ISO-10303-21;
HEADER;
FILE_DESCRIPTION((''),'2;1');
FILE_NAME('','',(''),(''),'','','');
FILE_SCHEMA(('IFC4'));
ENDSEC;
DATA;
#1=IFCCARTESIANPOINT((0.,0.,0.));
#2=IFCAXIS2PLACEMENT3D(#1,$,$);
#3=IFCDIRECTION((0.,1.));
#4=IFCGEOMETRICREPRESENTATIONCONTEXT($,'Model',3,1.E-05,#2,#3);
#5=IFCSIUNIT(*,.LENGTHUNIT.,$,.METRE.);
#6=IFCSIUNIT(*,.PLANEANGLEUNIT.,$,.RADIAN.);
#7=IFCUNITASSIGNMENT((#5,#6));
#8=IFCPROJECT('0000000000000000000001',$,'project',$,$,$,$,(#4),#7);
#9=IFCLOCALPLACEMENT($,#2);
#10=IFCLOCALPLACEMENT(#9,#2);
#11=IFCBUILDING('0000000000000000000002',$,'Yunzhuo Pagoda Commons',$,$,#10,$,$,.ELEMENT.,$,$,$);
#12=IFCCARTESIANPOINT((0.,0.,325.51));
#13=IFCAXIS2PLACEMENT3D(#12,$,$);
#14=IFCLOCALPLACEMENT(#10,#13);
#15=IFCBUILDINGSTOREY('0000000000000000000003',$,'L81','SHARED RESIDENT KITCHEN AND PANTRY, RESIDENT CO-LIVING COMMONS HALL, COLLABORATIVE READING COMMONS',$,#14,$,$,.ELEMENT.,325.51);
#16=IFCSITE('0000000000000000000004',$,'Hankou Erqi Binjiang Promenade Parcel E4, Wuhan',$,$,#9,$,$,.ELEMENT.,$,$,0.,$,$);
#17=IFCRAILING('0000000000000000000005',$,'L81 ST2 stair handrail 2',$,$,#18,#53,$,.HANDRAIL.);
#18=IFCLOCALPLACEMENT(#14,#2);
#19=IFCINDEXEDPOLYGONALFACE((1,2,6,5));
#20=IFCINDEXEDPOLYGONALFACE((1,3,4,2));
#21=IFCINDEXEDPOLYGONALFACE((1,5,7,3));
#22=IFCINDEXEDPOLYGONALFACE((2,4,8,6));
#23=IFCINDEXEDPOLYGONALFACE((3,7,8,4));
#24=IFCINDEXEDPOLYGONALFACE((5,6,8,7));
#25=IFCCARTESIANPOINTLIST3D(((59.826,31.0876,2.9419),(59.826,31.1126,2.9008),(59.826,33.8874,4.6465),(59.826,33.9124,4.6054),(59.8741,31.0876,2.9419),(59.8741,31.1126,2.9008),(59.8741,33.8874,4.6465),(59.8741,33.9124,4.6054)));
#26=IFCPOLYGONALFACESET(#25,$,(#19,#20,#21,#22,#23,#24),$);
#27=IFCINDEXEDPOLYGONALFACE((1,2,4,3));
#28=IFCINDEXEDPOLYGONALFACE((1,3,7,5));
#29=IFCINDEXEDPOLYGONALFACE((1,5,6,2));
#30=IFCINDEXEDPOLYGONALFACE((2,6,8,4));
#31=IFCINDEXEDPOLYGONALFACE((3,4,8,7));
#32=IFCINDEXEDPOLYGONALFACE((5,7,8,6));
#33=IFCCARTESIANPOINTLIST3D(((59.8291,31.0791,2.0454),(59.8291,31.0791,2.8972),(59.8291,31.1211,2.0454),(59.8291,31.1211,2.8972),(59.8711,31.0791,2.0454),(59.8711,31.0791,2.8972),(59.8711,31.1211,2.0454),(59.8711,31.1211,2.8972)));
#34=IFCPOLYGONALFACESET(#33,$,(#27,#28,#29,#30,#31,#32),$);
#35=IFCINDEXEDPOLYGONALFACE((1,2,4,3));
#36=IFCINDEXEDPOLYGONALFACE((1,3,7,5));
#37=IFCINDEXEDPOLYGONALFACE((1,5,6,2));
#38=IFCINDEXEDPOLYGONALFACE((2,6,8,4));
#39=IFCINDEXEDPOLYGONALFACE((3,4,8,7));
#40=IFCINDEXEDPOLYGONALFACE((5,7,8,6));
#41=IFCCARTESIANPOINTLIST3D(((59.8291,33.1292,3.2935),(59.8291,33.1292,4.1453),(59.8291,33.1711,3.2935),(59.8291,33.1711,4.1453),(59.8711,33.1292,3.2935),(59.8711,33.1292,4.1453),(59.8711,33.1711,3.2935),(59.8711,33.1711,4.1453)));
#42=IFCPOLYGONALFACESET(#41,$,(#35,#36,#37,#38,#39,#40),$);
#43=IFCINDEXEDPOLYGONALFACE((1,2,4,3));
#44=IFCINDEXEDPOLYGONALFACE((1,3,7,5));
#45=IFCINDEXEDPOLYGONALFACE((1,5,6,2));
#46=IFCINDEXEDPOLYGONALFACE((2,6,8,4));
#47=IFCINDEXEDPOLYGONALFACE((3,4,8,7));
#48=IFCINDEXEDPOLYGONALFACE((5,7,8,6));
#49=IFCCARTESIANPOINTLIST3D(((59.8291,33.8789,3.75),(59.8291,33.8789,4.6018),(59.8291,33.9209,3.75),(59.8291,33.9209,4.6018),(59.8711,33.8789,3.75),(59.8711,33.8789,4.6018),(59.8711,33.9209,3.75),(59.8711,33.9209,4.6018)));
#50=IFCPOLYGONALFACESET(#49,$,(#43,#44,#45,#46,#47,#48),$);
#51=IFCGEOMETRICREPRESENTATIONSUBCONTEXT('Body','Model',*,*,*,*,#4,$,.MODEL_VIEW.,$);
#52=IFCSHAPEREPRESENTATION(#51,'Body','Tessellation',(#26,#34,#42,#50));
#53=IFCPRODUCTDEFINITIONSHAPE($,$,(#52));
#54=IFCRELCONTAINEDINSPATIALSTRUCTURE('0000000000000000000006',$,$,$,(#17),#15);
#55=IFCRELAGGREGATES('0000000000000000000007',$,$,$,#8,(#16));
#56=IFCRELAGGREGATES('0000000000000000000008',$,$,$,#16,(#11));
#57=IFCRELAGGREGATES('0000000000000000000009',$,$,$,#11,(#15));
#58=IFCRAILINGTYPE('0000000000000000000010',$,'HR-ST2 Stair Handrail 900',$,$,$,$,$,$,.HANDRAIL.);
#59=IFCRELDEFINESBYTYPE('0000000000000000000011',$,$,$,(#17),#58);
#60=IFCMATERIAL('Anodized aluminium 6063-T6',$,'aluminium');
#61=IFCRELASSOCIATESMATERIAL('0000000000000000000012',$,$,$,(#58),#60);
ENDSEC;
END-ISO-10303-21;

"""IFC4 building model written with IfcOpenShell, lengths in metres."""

from ifc_helpers import new_model, si_unit, direction, frame, origin, origin_2d, place, context, subcontext, project, spatial, rectangle, extrude, material, type_object, element, save


model = new_model("IFC4")

# Units and contexts
model_context = context("Model", 3, precision=1e-05, world=origin(), true_north=direction((0.0, 1.0)))
body_context = subcontext(model_context, "Body", "Model", "MODEL_VIEW")
ifc_project = project(units=[si_unit("LENGTHUNIT", "METRE"), si_unit("PLANEANGLEUNIT", "RADIAN")], contexts=[model_context])

# Site, building, storey
site_placement = place(None, origin())
site = spatial("IfcSite", under=ifc_project, at=site_placement, Name="Hankou Erqi Binjiang Promenade Parcel E4, Wuhan", CompositionType="ELEMENT", RefElevation=0.0)
building_placement = place(site_placement, origin())
building = spatial("IfcBuilding", under=site, at=building_placement, Name="Yunzhuo Pagoda Commons", CompositionType="ELEMENT")
storey_placement = place(building_placement, frame((0.0, 0.0, 325.51)))
storey = spatial("IfcBuildingStorey", under=building, at=storey_placement, Name="L81", Description="SHARED RESIDENT KITCHEN AND PANTRY, RESIDENT CO-LIVING COMMONS HALL, COLLABORATIVE READING COMMONS", CompositionType="ELEMENT", Elevation=325.51)

# Shared definitions
ifc_material_1 = material(Name="Anodized aluminium 6063-T6", Category="aluminium")

# Railing
railing_type_1 = type_object("IfcRailingType", Name="HR-ST2 Stair Handrail 900", PredefinedType="HANDRAIL", material=ifc_material_1)
railing_1_placement = place(storey_placement, frame((59.8501, 31.1001, 2.0454)))
element("IfcRailing", 1, at=railing_1_placement, inside=storey, type_object=railing_type_1, Name="L81 ST2 stair handrail 2", PredefinedType="HANDRAIL", context=body_context, shape_type="SweptSolid", body=[
    extrude(rectangle(XDim=0.0481, YDim=0.0481, at=origin_2d()), frame((0.0, 0.0, 0.876), z_axis=(0.0, 0.85415, 0.520027), x_axis=(-1.0, 0.0, 0.0)), (0.0, 0.0, 1.0), 3.2778),
    extrude(rectangle(XDim=0.042, YDim=0.042, at=origin_2d()), origin(), (0.0, 0.0, 1.0), 0.8518),
    extrude(rectangle(XDim=0.042, YDim=0.042, at=origin_2d()), frame((0.0, 2.05, 1.248)), (0.0, 0.0, 1.0), 0.8518),
    extrude(rectangle(XDim=0.042, YDim=0.042, at=origin_2d()), frame((0.0, 2.7998, 1.7046)), (0.0, 0.0, 1.0), 0.8518),
])

save(model, "model.ifc")
